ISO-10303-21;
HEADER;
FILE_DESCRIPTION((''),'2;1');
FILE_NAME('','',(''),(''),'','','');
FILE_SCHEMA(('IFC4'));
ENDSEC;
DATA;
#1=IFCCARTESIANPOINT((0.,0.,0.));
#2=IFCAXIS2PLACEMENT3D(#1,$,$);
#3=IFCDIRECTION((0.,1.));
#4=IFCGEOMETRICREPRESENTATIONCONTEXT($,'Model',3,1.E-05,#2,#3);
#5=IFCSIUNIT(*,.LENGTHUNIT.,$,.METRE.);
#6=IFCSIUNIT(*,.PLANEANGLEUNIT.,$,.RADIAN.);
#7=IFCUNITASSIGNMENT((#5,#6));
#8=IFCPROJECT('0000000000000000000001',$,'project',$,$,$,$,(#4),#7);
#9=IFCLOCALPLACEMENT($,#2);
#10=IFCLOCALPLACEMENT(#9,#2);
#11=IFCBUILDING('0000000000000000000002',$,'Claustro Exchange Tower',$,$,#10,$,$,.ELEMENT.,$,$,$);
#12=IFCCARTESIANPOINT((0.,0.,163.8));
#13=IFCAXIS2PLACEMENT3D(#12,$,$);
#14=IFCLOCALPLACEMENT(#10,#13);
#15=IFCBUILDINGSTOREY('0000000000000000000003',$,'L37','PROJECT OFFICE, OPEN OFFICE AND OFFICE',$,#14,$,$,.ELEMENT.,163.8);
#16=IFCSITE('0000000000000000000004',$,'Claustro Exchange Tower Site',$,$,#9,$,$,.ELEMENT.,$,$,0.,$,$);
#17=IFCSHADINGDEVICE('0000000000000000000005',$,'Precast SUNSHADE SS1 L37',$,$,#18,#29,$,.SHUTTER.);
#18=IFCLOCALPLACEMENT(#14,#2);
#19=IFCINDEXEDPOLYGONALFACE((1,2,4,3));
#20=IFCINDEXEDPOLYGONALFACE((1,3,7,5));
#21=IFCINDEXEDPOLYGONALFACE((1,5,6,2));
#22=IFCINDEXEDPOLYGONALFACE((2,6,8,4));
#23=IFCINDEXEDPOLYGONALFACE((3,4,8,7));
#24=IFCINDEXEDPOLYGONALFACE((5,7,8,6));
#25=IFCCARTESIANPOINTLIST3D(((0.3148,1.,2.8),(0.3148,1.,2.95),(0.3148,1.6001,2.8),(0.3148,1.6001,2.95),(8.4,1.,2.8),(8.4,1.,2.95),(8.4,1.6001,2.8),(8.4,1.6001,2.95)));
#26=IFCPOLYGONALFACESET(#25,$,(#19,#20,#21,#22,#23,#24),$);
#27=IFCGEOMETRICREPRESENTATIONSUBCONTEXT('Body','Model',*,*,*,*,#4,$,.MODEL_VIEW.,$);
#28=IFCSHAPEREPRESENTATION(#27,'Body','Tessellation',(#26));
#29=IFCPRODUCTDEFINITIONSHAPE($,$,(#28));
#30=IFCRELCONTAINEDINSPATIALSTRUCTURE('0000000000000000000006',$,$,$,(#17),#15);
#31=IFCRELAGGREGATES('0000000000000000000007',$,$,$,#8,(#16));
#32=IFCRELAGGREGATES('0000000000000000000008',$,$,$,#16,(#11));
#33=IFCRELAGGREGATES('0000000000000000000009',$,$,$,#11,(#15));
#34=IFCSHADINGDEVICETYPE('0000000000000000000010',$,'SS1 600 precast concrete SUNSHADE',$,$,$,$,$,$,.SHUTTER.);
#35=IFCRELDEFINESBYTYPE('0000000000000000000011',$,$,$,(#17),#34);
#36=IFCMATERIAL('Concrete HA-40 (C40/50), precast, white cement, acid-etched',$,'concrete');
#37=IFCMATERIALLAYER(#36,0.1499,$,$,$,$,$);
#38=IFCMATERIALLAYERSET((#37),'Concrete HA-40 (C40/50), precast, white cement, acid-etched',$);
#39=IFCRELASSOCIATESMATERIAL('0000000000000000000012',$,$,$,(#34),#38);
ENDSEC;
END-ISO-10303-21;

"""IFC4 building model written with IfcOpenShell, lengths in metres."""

from ifc_helpers import new_model, si_unit, direction, frame, origin, origin_2d, place, context, subcontext, project, spatial, rectangle, extrude, material, layer, layer_set, type_object, element, save


model = new_model("IFC4")

# Units and contexts
model_context = context("Model", 3, precision=1e-05, world=origin(), true_north=direction((0.0, 1.0)))
body_context = subcontext(model_context, "Body", "Model", "MODEL_VIEW")
ifc_project = project(units=[si_unit("LENGTHUNIT", "METRE"), si_unit("PLANEANGLEUNIT", "RADIAN")], contexts=[model_context])

# Site, building, storey
site_placement = place(None, origin())
site = spatial("IfcSite", under=ifc_project, at=site_placement, Name="Claustro Exchange Tower Site", CompositionType="ELEMENT", RefElevation=0.0)
building_placement = place(site_placement, origin())
building = spatial("IfcBuilding", under=site, at=building_placement, Name="Claustro Exchange Tower", CompositionType="ELEMENT")
storey_placement = place(building_placement, frame((0.0, 0.0, 163.8)))
storey = spatial("IfcBuildingStorey", under=building, at=storey_placement, Name="L37", Description="PROJECT OFFICE, OPEN OFFICE AND OFFICE", CompositionType="ELEMENT", Elevation=163.8)

# Shading device
ifc_material_1 = material(Name="Concrete HA-40 (C40/50), precast, white cement, acid-etched", Category="concrete")
ifc_layer_1 = layer(ifc_material_1, 0.1499)
ifc_layer_set_1 = layer_set([ifc_layer_1], Name="Concrete HA-40 (C40/50), precast, white cement, acid-etched")
shading_device_type = type_object("IfcShadingDeviceType", Name="SS1 600 precast concrete SUNSHADE", PredefinedType="SHUTTER", material=ifc_layer_set_1)
shading_device_placement = place(storey_placement, frame((4.3574, 1.3, 2.8), z_axis=(0.0, 0.0, 1.0), x_axis=(-1.0, 0.0, 0.0)))
element("IfcShadingDevice", 1, at=shading_device_placement, inside=storey, type_object=shading_device_type, Name="Precast SUNSHADE SS1 L37", PredefinedType="SHUTTER", context=body_context, shape_type="SweptSolid", body=[
    extrude(rectangle(XDim=8.0852, YDim=0.6001, at=origin_2d()), origin(), (0.0, 0.0, 1.0), 0.1499),
])

save(model, "model.ifc")
